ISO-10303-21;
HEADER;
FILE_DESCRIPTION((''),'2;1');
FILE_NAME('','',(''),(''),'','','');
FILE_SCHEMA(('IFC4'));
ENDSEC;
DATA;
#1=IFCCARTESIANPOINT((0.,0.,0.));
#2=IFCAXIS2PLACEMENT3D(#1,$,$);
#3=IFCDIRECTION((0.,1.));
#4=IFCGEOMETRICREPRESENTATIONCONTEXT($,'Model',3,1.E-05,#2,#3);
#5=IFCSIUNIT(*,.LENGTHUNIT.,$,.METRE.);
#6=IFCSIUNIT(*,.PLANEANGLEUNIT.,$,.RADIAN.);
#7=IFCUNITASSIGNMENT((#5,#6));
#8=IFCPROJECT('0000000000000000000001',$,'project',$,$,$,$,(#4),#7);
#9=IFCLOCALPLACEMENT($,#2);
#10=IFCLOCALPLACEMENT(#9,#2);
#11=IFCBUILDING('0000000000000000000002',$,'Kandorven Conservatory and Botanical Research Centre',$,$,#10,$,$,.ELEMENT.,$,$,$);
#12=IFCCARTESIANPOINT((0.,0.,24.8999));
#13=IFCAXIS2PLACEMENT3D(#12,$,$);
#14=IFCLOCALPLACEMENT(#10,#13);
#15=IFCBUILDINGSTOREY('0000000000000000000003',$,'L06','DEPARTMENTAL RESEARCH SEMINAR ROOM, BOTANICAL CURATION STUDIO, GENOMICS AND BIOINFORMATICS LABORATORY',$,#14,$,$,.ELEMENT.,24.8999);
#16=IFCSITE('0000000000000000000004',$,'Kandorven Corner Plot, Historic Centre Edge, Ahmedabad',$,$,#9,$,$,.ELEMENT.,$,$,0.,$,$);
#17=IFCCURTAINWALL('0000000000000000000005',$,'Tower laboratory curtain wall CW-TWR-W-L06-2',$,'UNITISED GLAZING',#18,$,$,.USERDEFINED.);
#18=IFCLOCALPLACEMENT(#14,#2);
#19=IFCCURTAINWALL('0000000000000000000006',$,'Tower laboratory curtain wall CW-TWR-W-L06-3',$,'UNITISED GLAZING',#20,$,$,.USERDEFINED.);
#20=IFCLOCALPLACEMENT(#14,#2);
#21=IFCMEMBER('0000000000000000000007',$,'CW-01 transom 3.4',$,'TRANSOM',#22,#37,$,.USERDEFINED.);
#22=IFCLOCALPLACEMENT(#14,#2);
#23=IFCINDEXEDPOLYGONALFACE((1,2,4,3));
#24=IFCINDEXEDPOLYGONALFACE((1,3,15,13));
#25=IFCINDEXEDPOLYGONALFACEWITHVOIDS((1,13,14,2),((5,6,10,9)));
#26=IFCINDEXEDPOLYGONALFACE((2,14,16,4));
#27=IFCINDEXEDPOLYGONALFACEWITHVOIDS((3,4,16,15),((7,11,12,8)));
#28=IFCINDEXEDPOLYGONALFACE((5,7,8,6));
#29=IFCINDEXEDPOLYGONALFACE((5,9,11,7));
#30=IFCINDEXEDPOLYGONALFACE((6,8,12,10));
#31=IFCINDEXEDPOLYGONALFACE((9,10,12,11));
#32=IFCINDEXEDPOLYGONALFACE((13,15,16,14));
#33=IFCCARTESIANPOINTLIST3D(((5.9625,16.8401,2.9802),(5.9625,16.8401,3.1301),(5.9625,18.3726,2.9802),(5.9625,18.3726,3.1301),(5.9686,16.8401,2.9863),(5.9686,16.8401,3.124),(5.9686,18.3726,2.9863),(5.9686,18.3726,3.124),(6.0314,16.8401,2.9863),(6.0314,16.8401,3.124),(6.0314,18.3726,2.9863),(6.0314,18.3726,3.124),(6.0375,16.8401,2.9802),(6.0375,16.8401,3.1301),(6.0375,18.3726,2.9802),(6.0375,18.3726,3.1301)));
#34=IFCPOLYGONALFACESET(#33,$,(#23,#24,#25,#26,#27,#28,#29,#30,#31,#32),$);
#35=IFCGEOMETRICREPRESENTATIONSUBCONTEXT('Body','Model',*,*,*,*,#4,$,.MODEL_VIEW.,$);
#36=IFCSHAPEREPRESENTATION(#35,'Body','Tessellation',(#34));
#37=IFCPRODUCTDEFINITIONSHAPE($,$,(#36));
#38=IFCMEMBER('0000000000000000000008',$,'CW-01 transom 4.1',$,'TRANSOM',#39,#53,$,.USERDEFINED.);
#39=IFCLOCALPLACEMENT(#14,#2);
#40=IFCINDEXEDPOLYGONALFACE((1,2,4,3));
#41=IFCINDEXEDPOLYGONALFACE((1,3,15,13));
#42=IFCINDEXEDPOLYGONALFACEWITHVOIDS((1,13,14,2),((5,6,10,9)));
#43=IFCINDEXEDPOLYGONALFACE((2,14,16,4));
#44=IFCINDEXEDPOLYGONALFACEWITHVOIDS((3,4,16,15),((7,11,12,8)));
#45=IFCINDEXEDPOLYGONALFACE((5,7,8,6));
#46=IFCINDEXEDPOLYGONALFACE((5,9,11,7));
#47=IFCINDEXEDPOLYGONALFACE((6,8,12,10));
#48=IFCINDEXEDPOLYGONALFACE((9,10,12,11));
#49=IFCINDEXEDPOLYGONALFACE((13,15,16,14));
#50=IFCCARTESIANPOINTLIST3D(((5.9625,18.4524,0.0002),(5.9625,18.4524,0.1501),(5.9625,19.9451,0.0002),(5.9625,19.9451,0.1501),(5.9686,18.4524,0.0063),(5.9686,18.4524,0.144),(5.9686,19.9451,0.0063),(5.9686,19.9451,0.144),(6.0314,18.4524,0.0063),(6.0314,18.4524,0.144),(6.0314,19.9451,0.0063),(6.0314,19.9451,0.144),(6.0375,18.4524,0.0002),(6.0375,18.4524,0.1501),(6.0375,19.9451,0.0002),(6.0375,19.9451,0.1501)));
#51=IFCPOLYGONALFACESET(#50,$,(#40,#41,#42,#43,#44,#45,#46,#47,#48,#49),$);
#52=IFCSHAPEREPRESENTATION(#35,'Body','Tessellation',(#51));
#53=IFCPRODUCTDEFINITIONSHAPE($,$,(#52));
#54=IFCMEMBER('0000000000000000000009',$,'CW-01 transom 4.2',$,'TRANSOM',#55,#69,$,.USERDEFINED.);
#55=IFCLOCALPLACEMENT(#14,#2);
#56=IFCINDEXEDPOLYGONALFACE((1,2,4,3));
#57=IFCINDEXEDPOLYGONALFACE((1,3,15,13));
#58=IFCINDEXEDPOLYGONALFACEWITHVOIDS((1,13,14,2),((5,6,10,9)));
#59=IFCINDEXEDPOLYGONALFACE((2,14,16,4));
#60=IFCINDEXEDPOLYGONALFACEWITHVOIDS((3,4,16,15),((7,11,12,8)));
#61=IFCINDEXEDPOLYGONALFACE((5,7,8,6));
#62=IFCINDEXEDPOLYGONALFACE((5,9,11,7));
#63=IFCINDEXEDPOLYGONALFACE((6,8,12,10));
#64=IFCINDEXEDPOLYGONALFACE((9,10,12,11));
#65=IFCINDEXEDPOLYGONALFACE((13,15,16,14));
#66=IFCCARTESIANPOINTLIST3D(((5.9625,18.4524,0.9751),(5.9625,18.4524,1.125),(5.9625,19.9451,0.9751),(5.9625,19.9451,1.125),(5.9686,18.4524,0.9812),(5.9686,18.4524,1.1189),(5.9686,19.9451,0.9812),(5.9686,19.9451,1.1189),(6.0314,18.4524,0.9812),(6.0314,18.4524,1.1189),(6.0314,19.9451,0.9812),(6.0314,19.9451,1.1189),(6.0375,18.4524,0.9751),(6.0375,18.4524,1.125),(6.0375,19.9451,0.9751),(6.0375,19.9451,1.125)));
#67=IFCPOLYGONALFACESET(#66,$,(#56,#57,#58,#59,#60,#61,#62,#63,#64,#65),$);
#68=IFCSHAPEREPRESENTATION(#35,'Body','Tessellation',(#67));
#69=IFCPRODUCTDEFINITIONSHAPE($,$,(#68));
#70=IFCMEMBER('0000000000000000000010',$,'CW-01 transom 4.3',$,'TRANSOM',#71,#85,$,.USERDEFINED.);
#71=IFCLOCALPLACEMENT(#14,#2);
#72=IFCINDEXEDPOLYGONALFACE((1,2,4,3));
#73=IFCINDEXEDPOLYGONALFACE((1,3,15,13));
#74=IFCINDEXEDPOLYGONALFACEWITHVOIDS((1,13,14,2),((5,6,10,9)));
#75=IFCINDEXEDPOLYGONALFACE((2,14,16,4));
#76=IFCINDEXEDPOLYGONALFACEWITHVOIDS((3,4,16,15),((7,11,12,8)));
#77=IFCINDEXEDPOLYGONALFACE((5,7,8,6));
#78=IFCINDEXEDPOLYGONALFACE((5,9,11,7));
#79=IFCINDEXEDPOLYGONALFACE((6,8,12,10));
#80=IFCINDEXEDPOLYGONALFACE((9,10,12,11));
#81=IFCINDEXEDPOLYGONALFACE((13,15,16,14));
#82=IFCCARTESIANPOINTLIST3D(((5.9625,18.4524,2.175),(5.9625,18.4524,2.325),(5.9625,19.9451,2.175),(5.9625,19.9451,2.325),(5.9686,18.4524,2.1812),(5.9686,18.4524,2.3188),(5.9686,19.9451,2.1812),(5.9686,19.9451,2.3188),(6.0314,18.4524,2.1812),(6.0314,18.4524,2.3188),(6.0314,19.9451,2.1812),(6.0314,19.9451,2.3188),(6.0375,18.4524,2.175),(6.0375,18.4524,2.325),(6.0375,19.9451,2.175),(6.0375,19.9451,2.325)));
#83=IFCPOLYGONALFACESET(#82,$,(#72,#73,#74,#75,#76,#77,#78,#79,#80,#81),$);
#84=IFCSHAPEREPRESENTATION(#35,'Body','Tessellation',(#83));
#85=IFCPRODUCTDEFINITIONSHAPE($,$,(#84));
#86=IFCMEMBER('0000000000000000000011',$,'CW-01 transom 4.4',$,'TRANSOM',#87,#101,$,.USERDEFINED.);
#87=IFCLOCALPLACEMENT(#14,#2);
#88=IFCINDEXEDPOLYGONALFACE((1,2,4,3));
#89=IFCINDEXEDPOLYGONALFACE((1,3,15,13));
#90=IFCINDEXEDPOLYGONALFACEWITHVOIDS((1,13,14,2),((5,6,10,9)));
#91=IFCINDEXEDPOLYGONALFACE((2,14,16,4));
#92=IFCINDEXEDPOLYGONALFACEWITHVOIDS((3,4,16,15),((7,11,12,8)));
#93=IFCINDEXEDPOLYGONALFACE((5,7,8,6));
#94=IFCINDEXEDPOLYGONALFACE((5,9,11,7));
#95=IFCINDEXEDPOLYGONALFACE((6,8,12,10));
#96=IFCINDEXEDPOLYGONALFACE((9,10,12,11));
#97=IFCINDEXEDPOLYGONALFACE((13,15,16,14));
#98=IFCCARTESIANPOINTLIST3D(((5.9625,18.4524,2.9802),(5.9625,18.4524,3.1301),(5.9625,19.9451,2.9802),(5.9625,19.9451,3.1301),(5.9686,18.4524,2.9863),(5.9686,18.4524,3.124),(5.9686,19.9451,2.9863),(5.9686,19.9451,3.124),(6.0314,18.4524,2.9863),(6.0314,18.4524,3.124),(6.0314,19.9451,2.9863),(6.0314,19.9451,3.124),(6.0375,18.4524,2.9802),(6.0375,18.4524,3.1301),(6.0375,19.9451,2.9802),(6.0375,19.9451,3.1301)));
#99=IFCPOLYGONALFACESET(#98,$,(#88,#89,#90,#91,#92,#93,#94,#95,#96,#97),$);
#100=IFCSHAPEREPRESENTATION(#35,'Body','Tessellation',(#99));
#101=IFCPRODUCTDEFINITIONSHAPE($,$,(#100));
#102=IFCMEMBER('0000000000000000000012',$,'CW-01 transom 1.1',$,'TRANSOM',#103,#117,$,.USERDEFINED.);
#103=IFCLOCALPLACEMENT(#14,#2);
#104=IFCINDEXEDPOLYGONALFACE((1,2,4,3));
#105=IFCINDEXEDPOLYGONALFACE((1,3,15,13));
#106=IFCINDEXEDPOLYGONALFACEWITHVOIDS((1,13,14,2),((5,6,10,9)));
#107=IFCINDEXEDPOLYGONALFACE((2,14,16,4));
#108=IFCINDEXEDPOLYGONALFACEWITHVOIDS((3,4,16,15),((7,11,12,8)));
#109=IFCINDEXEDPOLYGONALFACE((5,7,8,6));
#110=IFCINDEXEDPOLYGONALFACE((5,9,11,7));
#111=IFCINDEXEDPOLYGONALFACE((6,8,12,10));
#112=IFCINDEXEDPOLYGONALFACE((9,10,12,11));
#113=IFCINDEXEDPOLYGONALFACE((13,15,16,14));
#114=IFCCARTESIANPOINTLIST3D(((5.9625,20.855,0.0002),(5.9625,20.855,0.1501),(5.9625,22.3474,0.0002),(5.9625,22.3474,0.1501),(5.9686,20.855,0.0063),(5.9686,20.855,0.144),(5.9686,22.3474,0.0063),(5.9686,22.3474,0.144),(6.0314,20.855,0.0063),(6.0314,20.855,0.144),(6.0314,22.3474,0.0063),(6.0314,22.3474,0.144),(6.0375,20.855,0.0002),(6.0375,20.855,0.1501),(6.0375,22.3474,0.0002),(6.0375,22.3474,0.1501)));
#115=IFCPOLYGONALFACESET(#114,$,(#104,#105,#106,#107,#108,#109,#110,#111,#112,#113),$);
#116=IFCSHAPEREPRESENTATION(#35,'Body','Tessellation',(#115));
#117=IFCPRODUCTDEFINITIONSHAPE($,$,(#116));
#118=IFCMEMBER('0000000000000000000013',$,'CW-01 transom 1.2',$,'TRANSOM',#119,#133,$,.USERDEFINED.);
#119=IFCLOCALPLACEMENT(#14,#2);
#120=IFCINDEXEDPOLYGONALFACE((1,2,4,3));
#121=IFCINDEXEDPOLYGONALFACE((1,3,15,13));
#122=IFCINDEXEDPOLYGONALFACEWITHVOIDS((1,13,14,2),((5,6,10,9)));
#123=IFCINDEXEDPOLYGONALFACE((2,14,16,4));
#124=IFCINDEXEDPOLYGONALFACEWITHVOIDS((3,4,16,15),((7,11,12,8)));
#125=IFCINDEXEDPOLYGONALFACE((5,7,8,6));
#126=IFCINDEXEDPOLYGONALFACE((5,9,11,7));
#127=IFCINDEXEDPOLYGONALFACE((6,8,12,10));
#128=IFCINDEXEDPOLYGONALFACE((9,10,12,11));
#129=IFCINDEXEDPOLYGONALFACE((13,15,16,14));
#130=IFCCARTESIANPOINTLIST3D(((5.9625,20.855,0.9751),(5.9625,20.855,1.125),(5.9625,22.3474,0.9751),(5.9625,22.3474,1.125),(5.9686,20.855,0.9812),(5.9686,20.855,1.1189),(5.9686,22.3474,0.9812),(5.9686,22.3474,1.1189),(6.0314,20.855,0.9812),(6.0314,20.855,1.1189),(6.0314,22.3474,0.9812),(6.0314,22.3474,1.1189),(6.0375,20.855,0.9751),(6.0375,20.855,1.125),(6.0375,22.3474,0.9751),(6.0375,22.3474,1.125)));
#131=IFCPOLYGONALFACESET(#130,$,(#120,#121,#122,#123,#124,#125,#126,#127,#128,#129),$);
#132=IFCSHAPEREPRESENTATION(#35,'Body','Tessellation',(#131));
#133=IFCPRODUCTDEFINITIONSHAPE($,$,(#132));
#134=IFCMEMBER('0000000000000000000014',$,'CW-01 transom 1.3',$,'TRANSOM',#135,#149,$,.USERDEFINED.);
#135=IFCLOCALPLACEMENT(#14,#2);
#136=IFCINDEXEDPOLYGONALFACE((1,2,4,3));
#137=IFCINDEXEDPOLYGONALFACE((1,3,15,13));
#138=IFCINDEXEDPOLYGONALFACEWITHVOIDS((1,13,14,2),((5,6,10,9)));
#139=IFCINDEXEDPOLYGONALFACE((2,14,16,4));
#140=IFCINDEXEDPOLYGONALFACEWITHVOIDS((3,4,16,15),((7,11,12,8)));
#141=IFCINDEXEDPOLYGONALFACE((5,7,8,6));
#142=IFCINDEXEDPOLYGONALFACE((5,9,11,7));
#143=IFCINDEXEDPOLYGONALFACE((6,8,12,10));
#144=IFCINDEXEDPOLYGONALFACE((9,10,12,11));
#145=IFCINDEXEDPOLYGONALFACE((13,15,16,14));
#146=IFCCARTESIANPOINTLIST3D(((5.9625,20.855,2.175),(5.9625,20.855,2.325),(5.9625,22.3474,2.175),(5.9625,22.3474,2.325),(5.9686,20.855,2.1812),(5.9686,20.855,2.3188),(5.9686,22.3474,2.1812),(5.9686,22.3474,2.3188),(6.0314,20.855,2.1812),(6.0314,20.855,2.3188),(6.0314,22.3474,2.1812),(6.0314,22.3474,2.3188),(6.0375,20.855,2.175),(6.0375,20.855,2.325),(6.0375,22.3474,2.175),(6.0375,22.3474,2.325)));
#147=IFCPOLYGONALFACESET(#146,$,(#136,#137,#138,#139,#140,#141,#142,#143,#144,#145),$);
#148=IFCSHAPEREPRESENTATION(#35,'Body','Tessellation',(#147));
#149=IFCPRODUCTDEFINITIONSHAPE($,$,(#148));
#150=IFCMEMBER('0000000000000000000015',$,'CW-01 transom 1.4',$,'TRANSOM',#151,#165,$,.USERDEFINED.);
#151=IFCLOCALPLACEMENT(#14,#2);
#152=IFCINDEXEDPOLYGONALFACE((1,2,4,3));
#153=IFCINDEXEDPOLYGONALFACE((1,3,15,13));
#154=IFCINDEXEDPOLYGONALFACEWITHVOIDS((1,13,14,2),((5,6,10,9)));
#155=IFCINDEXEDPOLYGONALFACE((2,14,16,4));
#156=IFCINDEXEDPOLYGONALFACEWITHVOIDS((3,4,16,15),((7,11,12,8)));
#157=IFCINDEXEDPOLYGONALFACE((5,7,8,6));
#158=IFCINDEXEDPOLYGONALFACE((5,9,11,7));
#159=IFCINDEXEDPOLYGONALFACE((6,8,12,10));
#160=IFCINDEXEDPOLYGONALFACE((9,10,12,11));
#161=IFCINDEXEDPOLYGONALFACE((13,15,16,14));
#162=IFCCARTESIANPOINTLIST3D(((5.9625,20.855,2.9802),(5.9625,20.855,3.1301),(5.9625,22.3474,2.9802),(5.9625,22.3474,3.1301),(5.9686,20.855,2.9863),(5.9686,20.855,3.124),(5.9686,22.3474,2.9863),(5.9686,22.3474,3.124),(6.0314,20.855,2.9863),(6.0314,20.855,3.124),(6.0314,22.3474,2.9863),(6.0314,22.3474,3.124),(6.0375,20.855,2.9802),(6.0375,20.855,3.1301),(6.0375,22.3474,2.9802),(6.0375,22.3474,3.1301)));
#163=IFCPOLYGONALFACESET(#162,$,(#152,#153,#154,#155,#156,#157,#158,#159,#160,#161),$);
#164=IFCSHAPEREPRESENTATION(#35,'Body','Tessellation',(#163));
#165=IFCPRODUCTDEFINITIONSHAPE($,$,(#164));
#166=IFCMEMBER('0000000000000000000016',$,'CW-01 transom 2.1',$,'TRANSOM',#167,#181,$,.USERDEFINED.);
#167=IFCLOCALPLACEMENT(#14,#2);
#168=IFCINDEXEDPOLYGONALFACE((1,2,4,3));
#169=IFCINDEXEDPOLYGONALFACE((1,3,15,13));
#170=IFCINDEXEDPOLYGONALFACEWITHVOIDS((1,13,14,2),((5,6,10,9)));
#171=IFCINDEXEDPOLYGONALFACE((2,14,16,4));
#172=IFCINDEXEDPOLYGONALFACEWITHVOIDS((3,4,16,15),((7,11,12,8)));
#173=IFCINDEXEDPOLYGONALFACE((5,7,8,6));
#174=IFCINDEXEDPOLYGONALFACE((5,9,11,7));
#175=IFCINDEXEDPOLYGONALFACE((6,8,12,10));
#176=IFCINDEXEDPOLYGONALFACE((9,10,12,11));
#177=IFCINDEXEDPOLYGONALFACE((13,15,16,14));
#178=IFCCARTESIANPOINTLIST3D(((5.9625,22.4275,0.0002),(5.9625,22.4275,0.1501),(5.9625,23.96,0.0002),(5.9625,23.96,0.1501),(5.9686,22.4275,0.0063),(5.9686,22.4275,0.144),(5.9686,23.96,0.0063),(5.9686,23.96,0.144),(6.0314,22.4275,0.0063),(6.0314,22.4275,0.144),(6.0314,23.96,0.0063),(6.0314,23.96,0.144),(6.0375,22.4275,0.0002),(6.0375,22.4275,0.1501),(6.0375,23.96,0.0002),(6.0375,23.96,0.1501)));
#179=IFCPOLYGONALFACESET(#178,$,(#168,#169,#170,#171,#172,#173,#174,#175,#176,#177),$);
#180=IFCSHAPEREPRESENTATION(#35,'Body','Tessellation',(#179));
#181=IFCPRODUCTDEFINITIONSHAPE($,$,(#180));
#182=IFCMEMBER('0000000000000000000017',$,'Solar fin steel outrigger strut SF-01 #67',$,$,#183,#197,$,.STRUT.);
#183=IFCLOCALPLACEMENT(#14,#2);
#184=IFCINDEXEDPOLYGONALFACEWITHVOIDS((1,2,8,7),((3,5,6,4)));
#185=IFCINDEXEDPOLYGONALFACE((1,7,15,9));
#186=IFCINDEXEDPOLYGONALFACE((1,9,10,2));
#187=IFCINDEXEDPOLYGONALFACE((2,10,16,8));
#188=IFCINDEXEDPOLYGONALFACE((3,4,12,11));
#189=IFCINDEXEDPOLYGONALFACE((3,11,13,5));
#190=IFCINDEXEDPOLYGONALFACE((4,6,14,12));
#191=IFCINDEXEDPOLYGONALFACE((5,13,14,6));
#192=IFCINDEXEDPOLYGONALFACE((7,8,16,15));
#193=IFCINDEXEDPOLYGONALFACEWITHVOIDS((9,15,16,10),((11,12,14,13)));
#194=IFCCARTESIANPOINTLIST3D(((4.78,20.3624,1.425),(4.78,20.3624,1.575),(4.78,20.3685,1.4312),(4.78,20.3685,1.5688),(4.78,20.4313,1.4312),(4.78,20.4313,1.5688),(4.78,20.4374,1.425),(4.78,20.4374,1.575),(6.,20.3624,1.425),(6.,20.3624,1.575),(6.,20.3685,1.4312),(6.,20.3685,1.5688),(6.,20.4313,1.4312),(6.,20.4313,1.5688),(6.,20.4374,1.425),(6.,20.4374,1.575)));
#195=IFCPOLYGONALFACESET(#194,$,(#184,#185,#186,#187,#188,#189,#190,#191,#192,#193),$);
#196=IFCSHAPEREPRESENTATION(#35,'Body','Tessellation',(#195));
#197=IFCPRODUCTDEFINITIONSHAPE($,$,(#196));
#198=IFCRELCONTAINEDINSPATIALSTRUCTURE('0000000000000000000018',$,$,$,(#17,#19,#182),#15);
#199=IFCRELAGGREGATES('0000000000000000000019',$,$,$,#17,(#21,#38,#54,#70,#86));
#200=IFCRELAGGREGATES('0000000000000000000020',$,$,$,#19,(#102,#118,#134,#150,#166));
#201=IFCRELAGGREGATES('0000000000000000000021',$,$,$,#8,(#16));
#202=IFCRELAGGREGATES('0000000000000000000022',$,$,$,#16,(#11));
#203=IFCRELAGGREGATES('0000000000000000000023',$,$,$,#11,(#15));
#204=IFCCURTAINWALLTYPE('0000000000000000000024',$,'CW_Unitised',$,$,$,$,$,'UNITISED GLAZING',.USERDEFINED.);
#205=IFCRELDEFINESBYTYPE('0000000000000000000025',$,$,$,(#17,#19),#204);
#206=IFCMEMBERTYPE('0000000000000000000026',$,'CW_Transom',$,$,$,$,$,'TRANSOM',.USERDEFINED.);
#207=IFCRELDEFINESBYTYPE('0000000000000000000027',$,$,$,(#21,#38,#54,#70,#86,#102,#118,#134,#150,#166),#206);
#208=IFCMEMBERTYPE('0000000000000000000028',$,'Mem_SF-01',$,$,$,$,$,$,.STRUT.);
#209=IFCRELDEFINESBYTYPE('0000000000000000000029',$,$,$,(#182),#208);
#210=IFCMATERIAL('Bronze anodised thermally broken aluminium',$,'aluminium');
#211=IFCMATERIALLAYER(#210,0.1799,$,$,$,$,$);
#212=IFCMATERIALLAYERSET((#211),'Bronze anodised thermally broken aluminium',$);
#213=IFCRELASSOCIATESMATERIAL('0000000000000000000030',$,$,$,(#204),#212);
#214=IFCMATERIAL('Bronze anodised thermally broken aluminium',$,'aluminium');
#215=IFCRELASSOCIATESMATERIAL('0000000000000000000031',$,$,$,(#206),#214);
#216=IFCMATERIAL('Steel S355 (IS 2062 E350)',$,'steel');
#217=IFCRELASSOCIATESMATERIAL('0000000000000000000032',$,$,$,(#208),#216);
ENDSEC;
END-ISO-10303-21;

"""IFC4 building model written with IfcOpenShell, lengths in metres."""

from ifc_helpers import new_model, si_unit, direction, frame, origin, origin_2d, place, context, subcontext, project, spatial, hollow_rectangle, extrude, material, layer, layer_set, material_profile, profile_set, type_object, element, aggregate, save


model = new_model("IFC4")

# Units and contexts
model_context = context("Model", 3, precision=1e-05, world=origin(), true_north=direction((0.0, 1.0)))
body_context = subcontext(model_context, "Body", "Model", "MODEL_VIEW")
ifc_project = project(units=[si_unit("LENGTHUNIT", "METRE"), si_unit("PLANEANGLEUNIT", "RADIAN")], contexts=[model_context])

# Site, building, storey
site_placement = place(None, origin())
site = spatial("IfcSite", under=ifc_project, at=site_placement, Name="Kandorven Corner Plot, Historic Centre Edge, Ahmedabad", CompositionType="ELEMENT", RefElevation=0.0)
building_placement = place(site_placement, origin())
building = spatial("IfcBuilding", under=site, at=building_placement, Name="Kandorven Conservatory and Botanical Research Centre", CompositionType="ELEMENT")
storey_placement = place(building_placement, frame((0.0, 0.0, 24.8999)))
storey = spatial("IfcBuildingStorey", under=building, at=storey_placement, Name="L06", Description="DEPARTMENTAL RESEARCH SEMINAR ROOM, BOTANICAL CURATION STUDIO, GENOMICS AND BIOINFORMATICS LABORATORY", CompositionType="ELEMENT", Elevation=24.8999)

# Curtain walls
ifc_material_1 = material(Name="Bronze anodised thermally broken aluminium", Category="aluminium")
ifc_layer_1 = layer(ifc_material_1, 0.1799)
ifc_layer_set_1 = layer_set([ifc_layer_1], Name="Bronze anodised thermally broken aluminium")
curtain_wall_type = type_object("IfcCurtainWallType", Name="CW_Unitised", ElementType="UNITISED GLAZING", PredefinedType="USERDEFINED", material=ifc_layer_set_1)
curtain_wall_1_placement = place(storey_placement, origin())
curtain_wall_1 = element("IfcCurtainWall", 1, at=curtain_wall_1_placement, inside=storey, type_object=curtain_wall_type, Name="Tower laboratory curtain wall CW-TWR-W-L06-2", ObjectType="UNITISED GLAZING", PredefinedType="USERDEFINED")
curtain_wall_2_placement = place(storey_placement, origin())
curtain_wall_2 = element("IfcCurtainWall", 2, at=curtain_wall_2_placement, inside=storey, type_object=curtain_wall_type, Name="Tower laboratory curtain wall CW-TWR-W-L06-3", ObjectType="UNITISED GLAZING", PredefinedType="USERDEFINED")

# Members
ifc_material_2 = material(Name="Bronze anodised thermally broken aluminium", Category="aluminium")
ifc_material_profile_1 = material_profile(ifc_material_2, hollow_rectangle(XDim=0.075, YDim=0.1499, WallThickness=0.0061, at=origin_2d()))
ifc_profile_set_1 = profile_set([ifc_material_profile_1], Name="Bronze anodised thermally broken aluminium")
member_type_1 = type_object("IfcMemberType", Name="CW_Transom", ElementType="TRANSOM", PredefinedType="USERDEFINED", material=ifc_profile_set_1)
member_1_placement = place(storey_placement, frame((6.0, 16.8401, 3.0552), z_axis=(0.0, 1.0, 0.0), x_axis=(-1.0, 0.0, 0.0)))
member_1 = element("IfcMember", 3, at=member_1_placement, type_object=member_type_1, Name="CW-01 transom 3.4", ObjectType="TRANSOM", PredefinedType="USERDEFINED", context=body_context, shape_type="SweptSolid", body=[
    extrude(hollow_rectangle(XDim=0.075, YDim=0.1499, WallThickness=0.0061, at=origin_2d()), origin(), (0.0, 0.0, 1.0), 1.5325),
])
member_2_placement = place(storey_placement, frame((6.0, 18.4524, 0.0752), z_axis=(0.0, 1.0, 0.0), x_axis=(-1.0, 0.0, 0.0)))
member_2 = element("IfcMember", 4, at=member_2_placement, type_object=member_type_1, Name="CW-01 transom 4.1", ObjectType="TRANSOM", PredefinedType="USERDEFINED", context=body_context, shape_type="SweptSolid", body=[
    extrude(hollow_rectangle(XDim=0.075, YDim=0.1499, WallThickness=0.0061, at=origin_2d()), origin(), (0.0, 0.0, 1.0), 1.4927),
])
member_3_placement = place(storey_placement, frame((6.0, 18.4524, 1.05), z_axis=(0.0, 1.0, 0.0), x_axis=(-1.0, 0.0, 0.0)))
member_3 = element("IfcMember", 5, at=member_3_placement, type_object=member_type_1, Name="CW-01 transom 4.2", ObjectType="TRANSOM", PredefinedType="USERDEFINED", context=body_context, shape_type="SweptSolid", body=[
    extrude(hollow_rectangle(XDim=0.075, YDim=0.1499, WallThickness=0.0061, at=origin_2d()), origin(), (0.0, 0.0, 1.0), 1.4927),
])
member_4_placement = place(storey_placement, frame((6.0, 18.4524, 2.25), z_axis=(0.0, 1.0, 0.0), x_axis=(-1.0, 0.0, 0.0)))
member_4 = element("IfcMember", 6, at=member_4_placement, type_object=member_type_1, Name="CW-01 transom 4.3", ObjectType="TRANSOM", PredefinedType="USERDEFINED", context=body_context, shape_type="SweptSolid", body=[
    extrude(hollow_rectangle(XDim=0.075, YDim=0.1499, WallThickness=0.0061, at=origin_2d()), origin(), (0.0, 0.0, 1.0), 1.4927),
])
member_5_placement = place(storey_placement, frame((6.0, 18.4524, 3.0552), z_axis=(0.0, 1.0, 0.0), x_axis=(-1.0, 0.0, 0.0)))
member_5 = element("IfcMember", 7, at=member_5_placement, type_object=member_type_1, Name="CW-01 transom 4.4", ObjectType="TRANSOM", PredefinedType="USERDEFINED", context=body_context, shape_type="SweptSolid", body=[
    extrude(hollow_rectangle(XDim=0.075, YDim=0.1499, WallThickness=0.0061, at=origin_2d()), origin(), (0.0, 0.0, 1.0), 1.4927),
])
member_6_placement = place(storey_placement, frame((6.0, 20.855, 0.0752), z_axis=(0.0, 1.0, 0.0), x_axis=(-1.0, 0.0, 0.0)))
member_6 = element("IfcMember", 8, at=member_6_placement, type_object=member_type_1, Name="CW-01 transom 1.1", ObjectType="TRANSOM", PredefinedType="USERDEFINED", context=body_context, shape_type="SweptSolid", body=[
    extrude(hollow_rectangle(XDim=0.075, YDim=0.1499, WallThickness=0.0061, at=origin_2d()), origin(), (0.0, 0.0, 1.0), 1.4924),
])
member_7_placement = place(storey_placement, frame((6.0, 20.855, 1.05), z_axis=(0.0, 1.0, 0.0), x_axis=(-1.0, 0.0, 0.0)))
member_7 = element("IfcMember", 9, at=member_7_placement, type_object=member_type_1, Name="CW-01 transom 1.2", ObjectType="TRANSOM", PredefinedType="USERDEFINED", context=body_context, shape_type="SweptSolid", body=[
    extrude(hollow_rectangle(XDim=0.075, YDim=0.1499, WallThickness=0.0061, at=origin_2d()), origin(), (0.0, 0.0, 1.0), 1.4924),
])
member_8_placement = place(storey_placement, frame((6.0, 20.855, 2.25), z_axis=(0.0, 1.0, 0.0), x_axis=(-1.0, 0.0, 0.0)))
member_8 = element("IfcMember", 10, at=member_8_placement, type_object=member_type_1, Name="CW-01 transom 1.3", ObjectType="TRANSOM", PredefinedType="USERDEFINED", context=body_context, shape_type="SweptSolid", body=[
    extrude(hollow_rectangle(XDim=0.075, YDim=0.1499, WallThickness=0.0061, at=origin_2d()), origin(), (0.0, 0.0, 1.0), 1.4924),
])
member_9_placement = place(storey_placement, frame((6.0, 20.855, 3.0552), z_axis=(0.0, 1.0, 0.0), x_axis=(-1.0, 0.0, 0.0)))
member_9 = element("IfcMember", 11, at=member_9_placement, type_object=member_type_1, Name="CW-01 transom 1.4", ObjectType="TRANSOM", PredefinedType="USERDEFINED", context=body_context, shape_type="SweptSolid", body=[
    extrude(hollow_rectangle(XDim=0.075, YDim=0.1499, WallThickness=0.0061, at=origin_2d()), origin(), (0.0, 0.0, 1.0), 1.4924),
])
member_10_placement = place(storey_placement, frame((6.0, 22.4275, 0.0752), z_axis=(0.0, 1.0, 0.0), x_axis=(-1.0, 0.0, 0.0)))
member_10 = element("IfcMember", 12, at=member_10_placement, type_object=member_type_1, Name="CW-01 transom 2.1", ObjectType="TRANSOM", PredefinedType="USERDEFINED", context=body_context, shape_type="SweptSolid", body=[
    extrude(hollow_rectangle(XDim=0.075, YDim=0.1499, WallThickness=0.0061, at=origin_2d()), origin(), (0.0, 0.0, 1.0), 1.5325),
])
ifc_material_3 = material(Name="Steel S355 (IS 2062 E350)", Category="steel")
ifc_material_profile_2 = material_profile(ifc_material_3, hollow_rectangle(XDim=0.075, YDim=0.1499, WallThickness=0.0061, at=origin_2d()))
ifc_profile_set_2 = profile_set([ifc_material_profile_2], Name="Steel S355 (IS 2062 E350)")
member_type_2 = type_object("IfcMemberType", Name="Mem_SF-01", PredefinedType="STRUT", material=ifc_profile_set_2)
member_11_placement = place(storey_placement, frame((6.0, 20.3999, 1.5), z_axis=(-1.0, 0.0, 0.0), x_axis=(0.0, -1.0, 0.0)))
element("IfcMember", 13, at=member_11_placement, inside=storey, type_object=member_type_2, Name="Solar fin steel outrigger strut SF-01 #67", PredefinedType="STRUT", context=body_context, shape_type="SweptSolid", body=[
    extrude(hollow_rectangle(XDim=0.075, YDim=0.1499, WallThickness=0.0061, at=origin_2d()), origin(), (0.0, 0.0, 1.0), 1.22),
])

aggregate(curtain_wall_1, [member_1, member_2, member_3, member_4, member_5])
aggregate(curtain_wall_2, [member_6, member_7, member_8, member_9, member_10])

save(model, "model.ifc")
